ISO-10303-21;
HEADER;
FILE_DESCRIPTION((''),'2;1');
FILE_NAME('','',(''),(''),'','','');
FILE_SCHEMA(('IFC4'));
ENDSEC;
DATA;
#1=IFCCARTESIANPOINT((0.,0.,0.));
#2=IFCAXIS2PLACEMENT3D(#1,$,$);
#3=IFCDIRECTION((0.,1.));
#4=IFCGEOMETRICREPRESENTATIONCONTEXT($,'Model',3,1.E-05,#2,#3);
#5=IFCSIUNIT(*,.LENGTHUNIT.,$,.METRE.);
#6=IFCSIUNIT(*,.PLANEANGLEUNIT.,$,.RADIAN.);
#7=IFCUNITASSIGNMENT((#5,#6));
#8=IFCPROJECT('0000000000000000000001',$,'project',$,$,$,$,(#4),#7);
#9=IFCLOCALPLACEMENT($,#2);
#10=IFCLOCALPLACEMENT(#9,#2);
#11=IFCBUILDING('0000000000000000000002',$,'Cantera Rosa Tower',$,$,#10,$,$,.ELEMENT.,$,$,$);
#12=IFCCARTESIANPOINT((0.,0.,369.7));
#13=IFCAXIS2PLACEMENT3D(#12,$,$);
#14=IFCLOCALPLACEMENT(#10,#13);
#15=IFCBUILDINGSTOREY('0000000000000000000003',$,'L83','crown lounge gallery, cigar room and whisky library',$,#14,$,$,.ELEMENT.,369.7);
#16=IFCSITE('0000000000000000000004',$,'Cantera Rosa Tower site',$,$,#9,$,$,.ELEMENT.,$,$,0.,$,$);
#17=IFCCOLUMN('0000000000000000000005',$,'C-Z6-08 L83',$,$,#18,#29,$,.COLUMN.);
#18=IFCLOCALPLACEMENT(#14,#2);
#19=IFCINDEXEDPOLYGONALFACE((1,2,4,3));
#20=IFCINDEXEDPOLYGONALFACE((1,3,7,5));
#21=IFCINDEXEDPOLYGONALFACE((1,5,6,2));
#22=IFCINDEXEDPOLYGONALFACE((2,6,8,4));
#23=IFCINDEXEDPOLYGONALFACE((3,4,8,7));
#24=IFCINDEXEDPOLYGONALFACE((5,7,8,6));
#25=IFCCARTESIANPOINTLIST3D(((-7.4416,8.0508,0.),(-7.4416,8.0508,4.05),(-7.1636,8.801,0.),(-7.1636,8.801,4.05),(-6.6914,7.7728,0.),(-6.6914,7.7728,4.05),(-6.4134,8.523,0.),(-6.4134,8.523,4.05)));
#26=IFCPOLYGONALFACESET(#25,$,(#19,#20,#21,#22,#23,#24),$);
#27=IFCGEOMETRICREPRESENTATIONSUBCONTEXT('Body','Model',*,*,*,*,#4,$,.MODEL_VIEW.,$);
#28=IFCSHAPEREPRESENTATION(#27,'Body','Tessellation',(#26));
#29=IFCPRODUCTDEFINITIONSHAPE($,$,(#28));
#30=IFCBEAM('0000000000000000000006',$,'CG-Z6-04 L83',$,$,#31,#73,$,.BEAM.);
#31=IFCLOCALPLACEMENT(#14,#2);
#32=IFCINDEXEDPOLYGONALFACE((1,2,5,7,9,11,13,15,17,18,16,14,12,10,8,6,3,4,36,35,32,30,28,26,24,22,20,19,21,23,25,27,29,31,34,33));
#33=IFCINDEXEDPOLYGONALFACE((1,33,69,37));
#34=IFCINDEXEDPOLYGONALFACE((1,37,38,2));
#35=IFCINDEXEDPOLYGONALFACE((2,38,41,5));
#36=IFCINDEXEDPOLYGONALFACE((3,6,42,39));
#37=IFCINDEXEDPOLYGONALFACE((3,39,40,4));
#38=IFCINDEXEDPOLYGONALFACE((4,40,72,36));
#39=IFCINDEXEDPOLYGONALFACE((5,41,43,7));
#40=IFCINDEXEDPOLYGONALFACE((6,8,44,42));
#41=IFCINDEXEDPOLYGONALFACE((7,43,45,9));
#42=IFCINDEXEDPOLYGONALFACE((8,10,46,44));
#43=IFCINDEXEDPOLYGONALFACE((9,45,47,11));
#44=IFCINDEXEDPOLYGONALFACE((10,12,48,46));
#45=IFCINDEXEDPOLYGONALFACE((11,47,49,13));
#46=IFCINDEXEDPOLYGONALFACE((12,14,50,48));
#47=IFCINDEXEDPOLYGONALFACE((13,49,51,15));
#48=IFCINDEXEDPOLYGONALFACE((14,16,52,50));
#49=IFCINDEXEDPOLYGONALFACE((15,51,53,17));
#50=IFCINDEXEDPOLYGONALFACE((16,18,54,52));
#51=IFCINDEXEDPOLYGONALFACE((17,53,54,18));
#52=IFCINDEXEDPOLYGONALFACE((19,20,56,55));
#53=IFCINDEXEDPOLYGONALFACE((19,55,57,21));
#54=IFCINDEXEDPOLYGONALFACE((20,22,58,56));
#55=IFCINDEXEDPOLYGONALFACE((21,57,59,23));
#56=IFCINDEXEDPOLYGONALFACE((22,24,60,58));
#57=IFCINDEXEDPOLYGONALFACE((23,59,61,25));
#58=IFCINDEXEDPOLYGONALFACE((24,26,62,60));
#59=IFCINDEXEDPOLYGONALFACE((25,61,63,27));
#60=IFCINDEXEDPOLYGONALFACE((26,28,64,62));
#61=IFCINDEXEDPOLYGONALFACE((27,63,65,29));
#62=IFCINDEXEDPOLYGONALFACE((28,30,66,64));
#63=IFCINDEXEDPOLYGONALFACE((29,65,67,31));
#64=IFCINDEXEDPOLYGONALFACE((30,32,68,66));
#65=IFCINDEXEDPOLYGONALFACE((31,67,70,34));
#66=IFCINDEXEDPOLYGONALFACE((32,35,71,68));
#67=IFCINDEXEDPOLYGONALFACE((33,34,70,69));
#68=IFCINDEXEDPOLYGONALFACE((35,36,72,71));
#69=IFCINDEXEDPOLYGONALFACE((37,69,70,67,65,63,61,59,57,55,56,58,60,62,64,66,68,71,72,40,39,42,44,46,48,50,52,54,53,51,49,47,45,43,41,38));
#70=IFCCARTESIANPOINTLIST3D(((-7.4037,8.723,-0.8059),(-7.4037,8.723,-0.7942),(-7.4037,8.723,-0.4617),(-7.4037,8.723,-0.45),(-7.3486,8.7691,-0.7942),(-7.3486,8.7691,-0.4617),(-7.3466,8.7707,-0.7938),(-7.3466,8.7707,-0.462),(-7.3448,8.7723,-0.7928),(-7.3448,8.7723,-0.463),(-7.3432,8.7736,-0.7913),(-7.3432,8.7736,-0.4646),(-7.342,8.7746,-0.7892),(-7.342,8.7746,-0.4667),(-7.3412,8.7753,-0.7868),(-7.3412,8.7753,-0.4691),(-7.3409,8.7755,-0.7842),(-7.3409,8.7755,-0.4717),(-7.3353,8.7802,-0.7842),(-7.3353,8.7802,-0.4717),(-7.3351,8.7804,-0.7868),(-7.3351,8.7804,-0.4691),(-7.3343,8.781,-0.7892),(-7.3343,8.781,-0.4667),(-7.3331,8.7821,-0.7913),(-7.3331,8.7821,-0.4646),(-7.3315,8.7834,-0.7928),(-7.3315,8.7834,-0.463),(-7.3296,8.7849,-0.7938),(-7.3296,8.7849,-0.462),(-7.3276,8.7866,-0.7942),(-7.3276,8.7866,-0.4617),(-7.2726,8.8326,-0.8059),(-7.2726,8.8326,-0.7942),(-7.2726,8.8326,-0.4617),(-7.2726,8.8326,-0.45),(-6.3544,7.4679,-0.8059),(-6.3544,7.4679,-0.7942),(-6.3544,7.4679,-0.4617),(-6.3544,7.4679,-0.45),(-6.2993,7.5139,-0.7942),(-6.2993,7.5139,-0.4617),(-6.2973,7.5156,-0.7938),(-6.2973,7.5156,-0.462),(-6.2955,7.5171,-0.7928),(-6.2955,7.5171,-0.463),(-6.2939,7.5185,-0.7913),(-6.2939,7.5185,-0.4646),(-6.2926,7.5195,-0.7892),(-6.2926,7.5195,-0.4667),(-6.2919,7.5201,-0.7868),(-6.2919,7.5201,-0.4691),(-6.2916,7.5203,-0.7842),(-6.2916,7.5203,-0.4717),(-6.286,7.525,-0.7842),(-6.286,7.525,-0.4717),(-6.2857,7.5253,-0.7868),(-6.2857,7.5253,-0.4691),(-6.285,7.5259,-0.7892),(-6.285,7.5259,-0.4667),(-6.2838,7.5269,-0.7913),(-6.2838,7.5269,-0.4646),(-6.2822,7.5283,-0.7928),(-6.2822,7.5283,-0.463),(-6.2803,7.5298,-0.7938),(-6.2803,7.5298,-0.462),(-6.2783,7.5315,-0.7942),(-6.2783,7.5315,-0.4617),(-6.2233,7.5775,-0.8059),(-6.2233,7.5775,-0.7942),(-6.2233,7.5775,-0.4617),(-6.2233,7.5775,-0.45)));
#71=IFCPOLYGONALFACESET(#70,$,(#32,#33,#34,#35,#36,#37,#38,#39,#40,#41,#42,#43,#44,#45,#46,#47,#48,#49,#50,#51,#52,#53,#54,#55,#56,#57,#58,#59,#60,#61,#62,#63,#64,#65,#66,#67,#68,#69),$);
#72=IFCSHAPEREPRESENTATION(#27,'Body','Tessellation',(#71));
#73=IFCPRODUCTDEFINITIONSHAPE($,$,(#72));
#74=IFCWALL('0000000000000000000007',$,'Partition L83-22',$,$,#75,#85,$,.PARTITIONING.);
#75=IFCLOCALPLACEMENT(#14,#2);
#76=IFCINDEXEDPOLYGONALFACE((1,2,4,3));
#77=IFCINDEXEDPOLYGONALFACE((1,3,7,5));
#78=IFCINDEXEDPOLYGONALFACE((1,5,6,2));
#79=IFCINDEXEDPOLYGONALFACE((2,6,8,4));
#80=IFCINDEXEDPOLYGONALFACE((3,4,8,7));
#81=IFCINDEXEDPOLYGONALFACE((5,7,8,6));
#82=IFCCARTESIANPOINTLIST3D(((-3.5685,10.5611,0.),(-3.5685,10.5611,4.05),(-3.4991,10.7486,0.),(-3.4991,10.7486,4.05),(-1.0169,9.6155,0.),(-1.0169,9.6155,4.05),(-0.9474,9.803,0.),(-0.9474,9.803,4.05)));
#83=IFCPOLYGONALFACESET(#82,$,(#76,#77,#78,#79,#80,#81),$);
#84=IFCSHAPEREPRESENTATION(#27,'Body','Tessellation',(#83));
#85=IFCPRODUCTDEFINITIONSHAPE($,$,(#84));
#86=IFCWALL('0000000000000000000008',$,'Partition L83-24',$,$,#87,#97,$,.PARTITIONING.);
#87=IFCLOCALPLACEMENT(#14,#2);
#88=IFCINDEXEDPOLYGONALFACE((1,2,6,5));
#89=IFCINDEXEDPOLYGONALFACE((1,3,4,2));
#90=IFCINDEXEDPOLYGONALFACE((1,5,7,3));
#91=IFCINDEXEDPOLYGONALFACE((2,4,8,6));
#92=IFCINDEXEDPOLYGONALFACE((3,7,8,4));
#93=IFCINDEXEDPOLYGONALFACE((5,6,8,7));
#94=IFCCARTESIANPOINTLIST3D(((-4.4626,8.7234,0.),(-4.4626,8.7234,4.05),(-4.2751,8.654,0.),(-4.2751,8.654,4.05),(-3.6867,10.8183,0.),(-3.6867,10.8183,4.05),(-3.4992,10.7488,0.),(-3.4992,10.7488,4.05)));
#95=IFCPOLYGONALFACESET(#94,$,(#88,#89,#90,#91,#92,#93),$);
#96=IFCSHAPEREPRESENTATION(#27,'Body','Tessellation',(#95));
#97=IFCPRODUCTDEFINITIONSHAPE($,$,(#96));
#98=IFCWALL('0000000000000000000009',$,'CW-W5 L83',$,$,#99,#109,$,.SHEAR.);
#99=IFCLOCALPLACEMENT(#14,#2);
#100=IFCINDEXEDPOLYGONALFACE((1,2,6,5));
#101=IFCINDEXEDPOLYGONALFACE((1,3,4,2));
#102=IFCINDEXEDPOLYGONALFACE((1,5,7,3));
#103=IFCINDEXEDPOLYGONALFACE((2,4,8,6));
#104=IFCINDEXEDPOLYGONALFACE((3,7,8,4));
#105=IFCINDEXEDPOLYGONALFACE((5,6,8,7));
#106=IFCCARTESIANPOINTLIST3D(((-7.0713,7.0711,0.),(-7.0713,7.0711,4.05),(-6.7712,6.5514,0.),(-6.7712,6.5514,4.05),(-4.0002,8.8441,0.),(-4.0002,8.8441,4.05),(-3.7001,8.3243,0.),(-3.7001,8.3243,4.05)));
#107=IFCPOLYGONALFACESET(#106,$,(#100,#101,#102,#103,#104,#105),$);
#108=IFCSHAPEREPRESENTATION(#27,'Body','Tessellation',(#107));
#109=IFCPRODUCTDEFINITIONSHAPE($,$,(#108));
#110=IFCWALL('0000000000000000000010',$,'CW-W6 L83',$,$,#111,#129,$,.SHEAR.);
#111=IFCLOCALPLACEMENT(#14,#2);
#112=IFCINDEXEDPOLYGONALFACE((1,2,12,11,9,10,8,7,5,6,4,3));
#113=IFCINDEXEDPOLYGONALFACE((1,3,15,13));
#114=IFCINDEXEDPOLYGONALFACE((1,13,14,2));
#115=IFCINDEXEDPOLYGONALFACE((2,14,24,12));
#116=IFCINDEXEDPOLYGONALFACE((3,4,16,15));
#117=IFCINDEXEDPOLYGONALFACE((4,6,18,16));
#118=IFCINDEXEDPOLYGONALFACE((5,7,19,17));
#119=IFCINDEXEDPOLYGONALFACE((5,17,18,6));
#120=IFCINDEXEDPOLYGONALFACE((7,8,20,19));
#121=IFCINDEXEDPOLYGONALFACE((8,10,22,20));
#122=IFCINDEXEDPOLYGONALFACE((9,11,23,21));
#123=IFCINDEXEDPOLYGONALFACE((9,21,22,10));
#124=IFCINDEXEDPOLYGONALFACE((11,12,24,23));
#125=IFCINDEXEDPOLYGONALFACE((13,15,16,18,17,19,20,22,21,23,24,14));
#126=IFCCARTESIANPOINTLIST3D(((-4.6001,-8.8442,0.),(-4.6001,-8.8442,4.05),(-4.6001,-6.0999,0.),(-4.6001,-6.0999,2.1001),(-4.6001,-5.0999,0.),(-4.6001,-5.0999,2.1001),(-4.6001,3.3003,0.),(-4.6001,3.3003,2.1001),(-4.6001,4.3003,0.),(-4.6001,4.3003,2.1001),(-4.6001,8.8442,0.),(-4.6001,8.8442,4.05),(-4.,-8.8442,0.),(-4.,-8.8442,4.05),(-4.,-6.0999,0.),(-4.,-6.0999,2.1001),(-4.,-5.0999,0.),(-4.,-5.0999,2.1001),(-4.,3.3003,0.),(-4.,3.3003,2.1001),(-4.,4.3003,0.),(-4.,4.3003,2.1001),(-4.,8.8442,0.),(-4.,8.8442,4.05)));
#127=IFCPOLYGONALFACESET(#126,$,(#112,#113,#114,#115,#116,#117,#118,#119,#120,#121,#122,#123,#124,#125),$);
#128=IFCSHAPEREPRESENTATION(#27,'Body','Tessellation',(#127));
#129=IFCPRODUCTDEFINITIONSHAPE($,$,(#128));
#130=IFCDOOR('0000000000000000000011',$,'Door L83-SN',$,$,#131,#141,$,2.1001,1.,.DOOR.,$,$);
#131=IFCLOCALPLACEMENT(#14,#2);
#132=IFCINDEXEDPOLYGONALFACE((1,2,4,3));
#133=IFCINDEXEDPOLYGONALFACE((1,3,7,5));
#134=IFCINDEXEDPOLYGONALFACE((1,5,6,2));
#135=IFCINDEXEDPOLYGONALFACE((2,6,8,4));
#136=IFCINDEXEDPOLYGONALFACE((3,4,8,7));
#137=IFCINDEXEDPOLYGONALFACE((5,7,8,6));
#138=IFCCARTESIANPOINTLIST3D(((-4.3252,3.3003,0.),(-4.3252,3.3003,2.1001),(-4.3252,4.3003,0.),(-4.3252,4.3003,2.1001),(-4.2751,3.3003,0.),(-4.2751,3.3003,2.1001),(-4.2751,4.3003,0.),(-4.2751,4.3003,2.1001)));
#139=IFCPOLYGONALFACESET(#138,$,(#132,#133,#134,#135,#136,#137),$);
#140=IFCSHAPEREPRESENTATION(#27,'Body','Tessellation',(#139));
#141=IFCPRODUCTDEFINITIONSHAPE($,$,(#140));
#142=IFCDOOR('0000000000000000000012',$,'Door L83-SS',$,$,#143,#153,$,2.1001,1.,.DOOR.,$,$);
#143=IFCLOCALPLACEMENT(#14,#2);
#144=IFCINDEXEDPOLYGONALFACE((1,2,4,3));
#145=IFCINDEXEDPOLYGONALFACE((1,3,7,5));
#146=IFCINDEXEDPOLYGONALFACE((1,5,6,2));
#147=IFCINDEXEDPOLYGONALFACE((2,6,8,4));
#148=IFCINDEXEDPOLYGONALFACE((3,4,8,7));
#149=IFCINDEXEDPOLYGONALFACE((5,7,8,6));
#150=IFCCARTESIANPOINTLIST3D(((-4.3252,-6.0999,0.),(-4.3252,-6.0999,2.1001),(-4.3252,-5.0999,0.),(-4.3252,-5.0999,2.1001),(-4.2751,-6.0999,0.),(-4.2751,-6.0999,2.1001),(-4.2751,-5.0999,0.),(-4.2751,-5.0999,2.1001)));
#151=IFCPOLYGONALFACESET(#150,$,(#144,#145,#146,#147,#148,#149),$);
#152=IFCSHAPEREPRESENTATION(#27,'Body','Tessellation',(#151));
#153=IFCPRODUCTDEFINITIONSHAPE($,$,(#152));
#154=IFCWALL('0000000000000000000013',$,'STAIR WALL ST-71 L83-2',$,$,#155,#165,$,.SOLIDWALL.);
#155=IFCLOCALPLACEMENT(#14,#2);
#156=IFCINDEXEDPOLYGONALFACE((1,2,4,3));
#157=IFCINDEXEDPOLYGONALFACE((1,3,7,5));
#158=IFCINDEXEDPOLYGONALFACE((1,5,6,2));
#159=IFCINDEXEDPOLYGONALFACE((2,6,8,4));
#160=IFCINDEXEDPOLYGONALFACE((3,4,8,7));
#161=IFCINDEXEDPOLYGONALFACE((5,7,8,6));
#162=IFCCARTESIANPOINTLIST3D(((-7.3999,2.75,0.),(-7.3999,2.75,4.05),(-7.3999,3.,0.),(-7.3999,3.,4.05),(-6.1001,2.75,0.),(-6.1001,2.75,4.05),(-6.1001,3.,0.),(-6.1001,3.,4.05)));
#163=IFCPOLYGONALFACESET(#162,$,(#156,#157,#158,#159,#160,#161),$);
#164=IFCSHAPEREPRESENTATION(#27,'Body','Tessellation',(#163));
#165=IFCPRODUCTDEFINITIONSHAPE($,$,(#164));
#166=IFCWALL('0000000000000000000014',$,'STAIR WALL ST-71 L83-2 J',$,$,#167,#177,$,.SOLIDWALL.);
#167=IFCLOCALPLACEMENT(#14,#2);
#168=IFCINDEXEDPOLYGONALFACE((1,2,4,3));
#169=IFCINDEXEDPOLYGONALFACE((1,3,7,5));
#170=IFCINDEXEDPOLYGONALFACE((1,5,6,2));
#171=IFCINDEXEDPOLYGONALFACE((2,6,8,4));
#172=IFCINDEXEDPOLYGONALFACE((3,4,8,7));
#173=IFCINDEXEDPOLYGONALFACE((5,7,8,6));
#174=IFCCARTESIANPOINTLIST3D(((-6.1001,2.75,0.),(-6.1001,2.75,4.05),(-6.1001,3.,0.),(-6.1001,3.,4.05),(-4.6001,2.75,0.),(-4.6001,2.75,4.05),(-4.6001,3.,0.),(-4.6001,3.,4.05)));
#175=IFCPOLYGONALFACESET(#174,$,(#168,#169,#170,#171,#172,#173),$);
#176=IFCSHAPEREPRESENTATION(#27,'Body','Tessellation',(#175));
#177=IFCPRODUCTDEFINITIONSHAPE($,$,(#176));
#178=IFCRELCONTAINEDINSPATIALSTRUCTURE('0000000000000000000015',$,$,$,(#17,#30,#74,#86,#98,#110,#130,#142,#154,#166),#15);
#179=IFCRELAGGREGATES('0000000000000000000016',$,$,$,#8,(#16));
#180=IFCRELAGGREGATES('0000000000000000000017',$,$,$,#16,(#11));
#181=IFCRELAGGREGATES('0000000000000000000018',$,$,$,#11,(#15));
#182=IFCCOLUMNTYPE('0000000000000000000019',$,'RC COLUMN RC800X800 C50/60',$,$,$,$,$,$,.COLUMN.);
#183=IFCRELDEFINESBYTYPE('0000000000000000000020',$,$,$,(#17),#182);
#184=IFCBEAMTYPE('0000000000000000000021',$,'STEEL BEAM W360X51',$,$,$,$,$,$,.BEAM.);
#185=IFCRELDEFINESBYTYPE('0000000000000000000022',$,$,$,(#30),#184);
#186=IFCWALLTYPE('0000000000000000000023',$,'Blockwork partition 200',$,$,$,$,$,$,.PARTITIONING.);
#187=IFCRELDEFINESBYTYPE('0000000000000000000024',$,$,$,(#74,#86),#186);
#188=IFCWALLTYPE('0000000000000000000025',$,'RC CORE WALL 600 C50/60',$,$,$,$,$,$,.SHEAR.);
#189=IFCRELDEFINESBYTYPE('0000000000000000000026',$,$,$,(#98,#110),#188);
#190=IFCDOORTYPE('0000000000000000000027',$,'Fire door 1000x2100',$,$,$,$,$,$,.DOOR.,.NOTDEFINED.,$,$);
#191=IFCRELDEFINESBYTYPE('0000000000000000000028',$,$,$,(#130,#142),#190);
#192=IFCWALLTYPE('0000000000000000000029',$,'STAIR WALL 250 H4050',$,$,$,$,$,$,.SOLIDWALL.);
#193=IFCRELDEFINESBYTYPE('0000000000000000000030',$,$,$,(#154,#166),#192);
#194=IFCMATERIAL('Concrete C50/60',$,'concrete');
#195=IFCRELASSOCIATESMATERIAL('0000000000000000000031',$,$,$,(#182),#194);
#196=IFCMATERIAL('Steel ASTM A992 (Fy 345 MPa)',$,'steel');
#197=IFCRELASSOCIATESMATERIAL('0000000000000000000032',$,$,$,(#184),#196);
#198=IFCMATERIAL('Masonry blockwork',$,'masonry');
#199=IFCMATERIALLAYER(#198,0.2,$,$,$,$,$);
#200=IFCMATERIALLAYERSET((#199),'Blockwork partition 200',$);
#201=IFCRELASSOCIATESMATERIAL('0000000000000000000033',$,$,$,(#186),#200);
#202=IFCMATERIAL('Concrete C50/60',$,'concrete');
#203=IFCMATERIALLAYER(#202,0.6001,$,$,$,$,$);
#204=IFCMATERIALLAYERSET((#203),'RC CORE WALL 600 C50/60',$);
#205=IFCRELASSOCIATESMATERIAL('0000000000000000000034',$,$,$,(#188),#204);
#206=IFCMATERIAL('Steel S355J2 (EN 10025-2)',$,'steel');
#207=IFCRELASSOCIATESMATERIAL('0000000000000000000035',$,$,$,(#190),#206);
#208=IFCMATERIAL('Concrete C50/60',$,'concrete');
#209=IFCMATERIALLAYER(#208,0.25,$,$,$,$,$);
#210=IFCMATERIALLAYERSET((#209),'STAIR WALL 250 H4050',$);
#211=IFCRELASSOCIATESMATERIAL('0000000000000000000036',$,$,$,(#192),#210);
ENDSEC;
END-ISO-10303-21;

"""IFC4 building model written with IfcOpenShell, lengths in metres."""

from ifc_helpers import new_model, si_unit, direction, frame, frame_2d, origin, origin_2d, place, context, subcontext, project, spatial, rectangle, i_section, extrude, material, layer, layer_set, material_profile, profile_set, type_object, element, fill, save


model = new_model("IFC4")

# Units and contexts
model_context = context("Model", 3, precision=1e-05, world=origin(), true_north=direction((0.0, 1.0)))
body_context = subcontext(model_context, "Body", "Model", "MODEL_VIEW")
ifc_project = project(units=[si_unit("LENGTHUNIT", "METRE"), si_unit("PLANEANGLEUNIT", "RADIAN")], contexts=[model_context])

# Site, building, storey
site_placement = place(None, origin())
site = spatial("IfcSite", under=ifc_project, at=site_placement, Name="Cantera Rosa Tower site", CompositionType="ELEMENT", RefElevation=0.0)
building_placement = place(site_placement, origin())
building = spatial("IfcBuilding", under=site, at=building_placement, Name="Cantera Rosa Tower", CompositionType="ELEMENT")
storey_placement = place(building_placement, frame((0.0, 0.0, 369.7)))
storey = spatial("IfcBuildingStorey", under=building, at=storey_placement, Name="L83", Description="crown lounge gallery, cigar room and whisky library", CompositionType="ELEMENT", Elevation=369.7)

# Column
ifc_material_1 = material(Name="Concrete C50/60", Category="concrete")
ifc_material_profile_1 = material_profile(ifc_material_1, rectangle(XDim=0.8, YDim=0.8, at=origin_2d()), Name="RC COLUMN RC800X800 C50/60")
ifc_profile_set_1 = profile_set([ifc_material_profile_1], Name="Concrete C50/60")
column_type = type_object("IfcColumnType", Name="RC COLUMN RC800X800 C50/60", PredefinedType="COLUMN", material=ifc_profile_set_1)
column_placement = place(storey_placement, frame((-6.9275, 8.2869, 0.0), z_axis=(0.0, 0.0, 1.0), x_axis=(0.347481, 0.937687, 0.0)))
element("IfcColumn", 1, at=column_placement, inside=storey, type_object=column_type, Name="C-Z6-08 L83", PredefinedType="COLUMN", context=body_context, shape_type="SweptSolid", body=[
    extrude(rectangle(XDim=0.8, YDim=0.8, at=origin_2d()), origin(), (0.0, 0.0, 1.0), 4.05),
])

# Beam
ifc_material_2 = material(Name="Steel ASTM A992 (Fy 345 MPa)", Category="steel")
ifc_material_profile_2 = material_profile(ifc_material_2, i_section(OverallWidth=0.1709, OverallDepth=0.356, WebThickness=0.0073, FlangeThickness=0.0117, FilletRadius=0.01, at=origin_2d()), Name="W360X51")
ifc_profile_set_2 = profile_set([ifc_material_profile_2], Name="Steel ASTM A992 (Fy 345 MPa)")
beam_type = type_object("IfcBeamType", Name="STEEL BEAM W360X51", PredefinedType="BEAM", material=ifc_profile_set_2)
beam_placement = place(storey_placement, frame((-7.3381, 8.7778, -0.6279), z_axis=(0.641402, -0.767205, 0.0), x_axis=(0.767205, 0.641402, 0.0)))
element("IfcBeam", 2, at=beam_placement, inside=storey, type_object=beam_type, Name="CG-Z6-04 L83", PredefinedType="BEAM", context=body_context, shape_type="SweptSolid", body=[
    extrude(i_section(OverallWidth=0.1709, OverallDepth=0.356, WebThickness=0.0073, FlangeThickness=0.0117, FilletRadius=0.01, at=origin_2d()), origin(), (0.0, 0.0, 1.0), 1.636),
])

# Walls
ifc_material_3 = material(Name="Masonry blockwork", Category="masonry")
ifc_layer_1 = layer(ifc_material_3, 0.2)
ifc_layer_set_1 = layer_set([ifc_layer_1], Name="Blockwork partition 200")
wall_type_1 = type_object("IfcWallType", Name="Blockwork partition 200", PredefinedType="PARTITIONING", material=ifc_layer_set_1)
wall_1_placement = place(storey_placement, frame((-0.9822, 9.7092, 0.0), z_axis=(0.0, 0.0, 1.0), x_axis=(-0.937683, 0.347493, 0.0)))
element("IfcWall", 3, at=wall_1_placement, inside=storey, type_object=wall_type_1, Name="Partition L83-22", PredefinedType="PARTITIONING", context=body_context, shape_type="SweptSolid", body=[
    extrude(rectangle(XDim=2.7212, YDim=0.2, at=frame_2d((1.3606, 0.0))), origin(), (0.0, 0.0, 1.0), 4.05),
])
wall_2_placement = place(storey_placement, frame((-4.3689, 8.6887, 0.0), z_axis=(0.0, 0.0, 1.0), x_axis=(0.347336, 0.937741, 0.0)))
element("IfcWall", 4, at=wall_2_placement, inside=storey, type_object=wall_type_1, Name="Partition L83-24", PredefinedType="PARTITIONING", context=body_context, shape_type="SweptSolid", body=[
    extrude(rectangle(XDim=2.2339, YDim=0.2, at=frame_2d((1.1169, 0.0))), origin(), (0.0, 0.0, 1.0), 4.05),
])
ifc_material_4 = material(Name="Concrete C50/60", Category="concrete")
ifc_layer_2 = layer(ifc_material_4, 0.6001)
ifc_layer_set_2 = layer_set([ifc_layer_2], Name="RC CORE WALL 600 C50/60")
wall_type_2 = type_object("IfcWallType", Name="RC CORE WALL 600 C50/60", PredefinedType="SHEAR", material=ifc_layer_set_2)
wall_3_placement = place(storey_placement, frame((-6.9211, 6.8113, 0.0), z_axis=(0.0, 0.0, 1.0), x_axis=(0.86604, 0.499975, 0.0)))
element("IfcWall", 5, at=wall_3_placement, inside=storey, type_object=wall_type_2, Name="CW-W5 L83", PredefinedType="SHEAR", context=body_context, shape_type="SweptSolid", body=[
    extrude(rectangle(XDim=3.5461, YDim=0.6001, at=frame_2d((1.7729, 0.0))), origin(), (0.0, 0.0, 1.0), 4.05),
])

# Wall, openings, doors
wall_4_placement = place(storey_placement, frame((-4.3, 8.8442, 0.0), z_axis=(0.0, 0.0, 1.0), x_axis=(0.0, -1.0, 0.0)))
wall_4 = element("IfcWall", 6, at=wall_4_placement, inside=storey, type_object=wall_type_2, Name="CW-W6 L83", PredefinedType="SHEAR", context=body_context, shape_type="SweptSolid", body=[
    extrude(rectangle(XDim=17.6885, YDim=0.6001, at=frame_2d((8.8442, 0.0))), origin(), (0.0, 0.0, 1.0), 4.05),
])
opening_1_placement = place(wall_4_placement, frame((4.5439, 0.0, 0.0)))
opening_1 = element("IfcOpeningElement", 7, at=opening_1_placement, cuts=wall_4, PredefinedType="OPENING", context=body_context, shape_type="SweptSolid", body=[
    extrude(rectangle(XDim=1.0, YDim=2.1001, at=frame_2d((0.5, 1.05))), frame((0.0, 0.3101, 0.0), z_axis=(0.0, -1.0, 0.0), x_axis=(1.0, 0.0, 0.0)), (0.0, 0.0, 1.0), 0.6201),
])
opening_2_placement = place(wall_4_placement, frame((13.9441, 0.0, 0.0)))
opening_2 = element("IfcOpeningElement", 8, at=opening_2_placement, cuts=wall_4, PredefinedType="OPENING", context=body_context, shape_type="SweptSolid", body=[
    extrude(rectangle(XDim=1.0, YDim=2.1001, at=frame_2d((0.5, 1.05))), frame((0.0, 0.3101, 0.0), z_axis=(0.0, -1.0, 0.0), x_axis=(1.0, 0.0, 0.0)), (0.0, 0.0, 1.0), 0.6201),
])
ifc_material_5 = material(Name="Steel S355J2 (EN 10025-2)", Category="steel")
door_type = type_object("IfcDoorType", Name="Fire door 1000x2100", OperationType="NOTDEFINED", PredefinedType="DOOR", material=ifc_material_5)
door_1_placement = place(opening_1_placement, origin())
door_1 = element("IfcDoor", 9, at=door_1_placement, inside=storey, type_object=door_type, Name="Door L83-SN", OverallHeight=2.1001, OverallWidth=1.0, PredefinedType="DOOR", context=body_context, shape_type="SweptSolid", body=[
    extrude(rectangle(XDim=1.0, YDim=2.1001, at=frame_2d((0.5, 1.05))), frame((0.0, 0.0249, 0.0), z_axis=(0.0, -1.0, 0.0), x_axis=(1.0, 0.0, 0.0)), (0.0, 0.0, 1.0), 0.05),
])
fill(opening_1, door_1)
door_2_placement = place(opening_2_placement, origin())
door_2 = element("IfcDoor", 10, at=door_2_placement, inside=storey, type_object=door_type, Name="Door L83-SS", OverallHeight=2.1001, OverallWidth=1.0, PredefinedType="DOOR", context=body_context, shape_type="SweptSolid", body=[
    extrude(rectangle(XDim=1.0, YDim=2.1001, at=frame_2d((0.5, 1.05))), frame((0.0, 0.0249, 0.0), z_axis=(0.0, -1.0, 0.0), x_axis=(1.0, 0.0, 0.0)), (0.0, 0.0, 1.0), 0.05),
])
fill(opening_2, door_2)

# Walls
ifc_material_6 = material(Name="Concrete C50/60", Category="concrete")
ifc_layer_3 = layer(ifc_material_6, 0.25)
ifc_layer_set_3 = layer_set([ifc_layer_3], Name="STAIR WALL 250 H4050")
wall_type_3 = type_object("IfcWallType", Name="STAIR WALL 250 H4050", PredefinedType="SOLIDWALL", material=ifc_layer_set_3)
wall_5_placement = place(storey_placement, frame((-7.3999, 2.875, 0.0), z_axis=(0.0, 0.0, 1.0), x_axis=(1.0, 0.0, 0.0)))
element("IfcWall", 11, at=wall_5_placement, inside=storey, type_object=wall_type_3, Name="STAIR WALL ST-71 L83-2", PredefinedType="SOLIDWALL", context=body_context, shape_type="SweptSolid", body=[
    extrude(rectangle(XDim=1.2998, YDim=0.25, at=frame_2d((0.6499, 0.0))), origin(), (0.0, 0.0, 1.0), 4.05),
])
wall_6_placement = place(storey_placement, frame((-6.1001, 2.875, 0.0), z_axis=(0.0, 0.0, 1.0), x_axis=(1.0, 0.0, 0.0)))
element("IfcWall", 12, at=wall_6_placement, inside=storey, type_object=wall_type_3, Name="STAIR WALL ST-71 L83-2 J", PredefinedType="SOLIDWALL", context=body_context, shape_type="SweptSolid", body=[
    extrude(rectangle(XDim=1.5, YDim=0.25, at=frame_2d((0.75, 0.0))), origin(), (0.0, 0.0, 1.0), 4.05),
])

save(model, "model.ifc")
